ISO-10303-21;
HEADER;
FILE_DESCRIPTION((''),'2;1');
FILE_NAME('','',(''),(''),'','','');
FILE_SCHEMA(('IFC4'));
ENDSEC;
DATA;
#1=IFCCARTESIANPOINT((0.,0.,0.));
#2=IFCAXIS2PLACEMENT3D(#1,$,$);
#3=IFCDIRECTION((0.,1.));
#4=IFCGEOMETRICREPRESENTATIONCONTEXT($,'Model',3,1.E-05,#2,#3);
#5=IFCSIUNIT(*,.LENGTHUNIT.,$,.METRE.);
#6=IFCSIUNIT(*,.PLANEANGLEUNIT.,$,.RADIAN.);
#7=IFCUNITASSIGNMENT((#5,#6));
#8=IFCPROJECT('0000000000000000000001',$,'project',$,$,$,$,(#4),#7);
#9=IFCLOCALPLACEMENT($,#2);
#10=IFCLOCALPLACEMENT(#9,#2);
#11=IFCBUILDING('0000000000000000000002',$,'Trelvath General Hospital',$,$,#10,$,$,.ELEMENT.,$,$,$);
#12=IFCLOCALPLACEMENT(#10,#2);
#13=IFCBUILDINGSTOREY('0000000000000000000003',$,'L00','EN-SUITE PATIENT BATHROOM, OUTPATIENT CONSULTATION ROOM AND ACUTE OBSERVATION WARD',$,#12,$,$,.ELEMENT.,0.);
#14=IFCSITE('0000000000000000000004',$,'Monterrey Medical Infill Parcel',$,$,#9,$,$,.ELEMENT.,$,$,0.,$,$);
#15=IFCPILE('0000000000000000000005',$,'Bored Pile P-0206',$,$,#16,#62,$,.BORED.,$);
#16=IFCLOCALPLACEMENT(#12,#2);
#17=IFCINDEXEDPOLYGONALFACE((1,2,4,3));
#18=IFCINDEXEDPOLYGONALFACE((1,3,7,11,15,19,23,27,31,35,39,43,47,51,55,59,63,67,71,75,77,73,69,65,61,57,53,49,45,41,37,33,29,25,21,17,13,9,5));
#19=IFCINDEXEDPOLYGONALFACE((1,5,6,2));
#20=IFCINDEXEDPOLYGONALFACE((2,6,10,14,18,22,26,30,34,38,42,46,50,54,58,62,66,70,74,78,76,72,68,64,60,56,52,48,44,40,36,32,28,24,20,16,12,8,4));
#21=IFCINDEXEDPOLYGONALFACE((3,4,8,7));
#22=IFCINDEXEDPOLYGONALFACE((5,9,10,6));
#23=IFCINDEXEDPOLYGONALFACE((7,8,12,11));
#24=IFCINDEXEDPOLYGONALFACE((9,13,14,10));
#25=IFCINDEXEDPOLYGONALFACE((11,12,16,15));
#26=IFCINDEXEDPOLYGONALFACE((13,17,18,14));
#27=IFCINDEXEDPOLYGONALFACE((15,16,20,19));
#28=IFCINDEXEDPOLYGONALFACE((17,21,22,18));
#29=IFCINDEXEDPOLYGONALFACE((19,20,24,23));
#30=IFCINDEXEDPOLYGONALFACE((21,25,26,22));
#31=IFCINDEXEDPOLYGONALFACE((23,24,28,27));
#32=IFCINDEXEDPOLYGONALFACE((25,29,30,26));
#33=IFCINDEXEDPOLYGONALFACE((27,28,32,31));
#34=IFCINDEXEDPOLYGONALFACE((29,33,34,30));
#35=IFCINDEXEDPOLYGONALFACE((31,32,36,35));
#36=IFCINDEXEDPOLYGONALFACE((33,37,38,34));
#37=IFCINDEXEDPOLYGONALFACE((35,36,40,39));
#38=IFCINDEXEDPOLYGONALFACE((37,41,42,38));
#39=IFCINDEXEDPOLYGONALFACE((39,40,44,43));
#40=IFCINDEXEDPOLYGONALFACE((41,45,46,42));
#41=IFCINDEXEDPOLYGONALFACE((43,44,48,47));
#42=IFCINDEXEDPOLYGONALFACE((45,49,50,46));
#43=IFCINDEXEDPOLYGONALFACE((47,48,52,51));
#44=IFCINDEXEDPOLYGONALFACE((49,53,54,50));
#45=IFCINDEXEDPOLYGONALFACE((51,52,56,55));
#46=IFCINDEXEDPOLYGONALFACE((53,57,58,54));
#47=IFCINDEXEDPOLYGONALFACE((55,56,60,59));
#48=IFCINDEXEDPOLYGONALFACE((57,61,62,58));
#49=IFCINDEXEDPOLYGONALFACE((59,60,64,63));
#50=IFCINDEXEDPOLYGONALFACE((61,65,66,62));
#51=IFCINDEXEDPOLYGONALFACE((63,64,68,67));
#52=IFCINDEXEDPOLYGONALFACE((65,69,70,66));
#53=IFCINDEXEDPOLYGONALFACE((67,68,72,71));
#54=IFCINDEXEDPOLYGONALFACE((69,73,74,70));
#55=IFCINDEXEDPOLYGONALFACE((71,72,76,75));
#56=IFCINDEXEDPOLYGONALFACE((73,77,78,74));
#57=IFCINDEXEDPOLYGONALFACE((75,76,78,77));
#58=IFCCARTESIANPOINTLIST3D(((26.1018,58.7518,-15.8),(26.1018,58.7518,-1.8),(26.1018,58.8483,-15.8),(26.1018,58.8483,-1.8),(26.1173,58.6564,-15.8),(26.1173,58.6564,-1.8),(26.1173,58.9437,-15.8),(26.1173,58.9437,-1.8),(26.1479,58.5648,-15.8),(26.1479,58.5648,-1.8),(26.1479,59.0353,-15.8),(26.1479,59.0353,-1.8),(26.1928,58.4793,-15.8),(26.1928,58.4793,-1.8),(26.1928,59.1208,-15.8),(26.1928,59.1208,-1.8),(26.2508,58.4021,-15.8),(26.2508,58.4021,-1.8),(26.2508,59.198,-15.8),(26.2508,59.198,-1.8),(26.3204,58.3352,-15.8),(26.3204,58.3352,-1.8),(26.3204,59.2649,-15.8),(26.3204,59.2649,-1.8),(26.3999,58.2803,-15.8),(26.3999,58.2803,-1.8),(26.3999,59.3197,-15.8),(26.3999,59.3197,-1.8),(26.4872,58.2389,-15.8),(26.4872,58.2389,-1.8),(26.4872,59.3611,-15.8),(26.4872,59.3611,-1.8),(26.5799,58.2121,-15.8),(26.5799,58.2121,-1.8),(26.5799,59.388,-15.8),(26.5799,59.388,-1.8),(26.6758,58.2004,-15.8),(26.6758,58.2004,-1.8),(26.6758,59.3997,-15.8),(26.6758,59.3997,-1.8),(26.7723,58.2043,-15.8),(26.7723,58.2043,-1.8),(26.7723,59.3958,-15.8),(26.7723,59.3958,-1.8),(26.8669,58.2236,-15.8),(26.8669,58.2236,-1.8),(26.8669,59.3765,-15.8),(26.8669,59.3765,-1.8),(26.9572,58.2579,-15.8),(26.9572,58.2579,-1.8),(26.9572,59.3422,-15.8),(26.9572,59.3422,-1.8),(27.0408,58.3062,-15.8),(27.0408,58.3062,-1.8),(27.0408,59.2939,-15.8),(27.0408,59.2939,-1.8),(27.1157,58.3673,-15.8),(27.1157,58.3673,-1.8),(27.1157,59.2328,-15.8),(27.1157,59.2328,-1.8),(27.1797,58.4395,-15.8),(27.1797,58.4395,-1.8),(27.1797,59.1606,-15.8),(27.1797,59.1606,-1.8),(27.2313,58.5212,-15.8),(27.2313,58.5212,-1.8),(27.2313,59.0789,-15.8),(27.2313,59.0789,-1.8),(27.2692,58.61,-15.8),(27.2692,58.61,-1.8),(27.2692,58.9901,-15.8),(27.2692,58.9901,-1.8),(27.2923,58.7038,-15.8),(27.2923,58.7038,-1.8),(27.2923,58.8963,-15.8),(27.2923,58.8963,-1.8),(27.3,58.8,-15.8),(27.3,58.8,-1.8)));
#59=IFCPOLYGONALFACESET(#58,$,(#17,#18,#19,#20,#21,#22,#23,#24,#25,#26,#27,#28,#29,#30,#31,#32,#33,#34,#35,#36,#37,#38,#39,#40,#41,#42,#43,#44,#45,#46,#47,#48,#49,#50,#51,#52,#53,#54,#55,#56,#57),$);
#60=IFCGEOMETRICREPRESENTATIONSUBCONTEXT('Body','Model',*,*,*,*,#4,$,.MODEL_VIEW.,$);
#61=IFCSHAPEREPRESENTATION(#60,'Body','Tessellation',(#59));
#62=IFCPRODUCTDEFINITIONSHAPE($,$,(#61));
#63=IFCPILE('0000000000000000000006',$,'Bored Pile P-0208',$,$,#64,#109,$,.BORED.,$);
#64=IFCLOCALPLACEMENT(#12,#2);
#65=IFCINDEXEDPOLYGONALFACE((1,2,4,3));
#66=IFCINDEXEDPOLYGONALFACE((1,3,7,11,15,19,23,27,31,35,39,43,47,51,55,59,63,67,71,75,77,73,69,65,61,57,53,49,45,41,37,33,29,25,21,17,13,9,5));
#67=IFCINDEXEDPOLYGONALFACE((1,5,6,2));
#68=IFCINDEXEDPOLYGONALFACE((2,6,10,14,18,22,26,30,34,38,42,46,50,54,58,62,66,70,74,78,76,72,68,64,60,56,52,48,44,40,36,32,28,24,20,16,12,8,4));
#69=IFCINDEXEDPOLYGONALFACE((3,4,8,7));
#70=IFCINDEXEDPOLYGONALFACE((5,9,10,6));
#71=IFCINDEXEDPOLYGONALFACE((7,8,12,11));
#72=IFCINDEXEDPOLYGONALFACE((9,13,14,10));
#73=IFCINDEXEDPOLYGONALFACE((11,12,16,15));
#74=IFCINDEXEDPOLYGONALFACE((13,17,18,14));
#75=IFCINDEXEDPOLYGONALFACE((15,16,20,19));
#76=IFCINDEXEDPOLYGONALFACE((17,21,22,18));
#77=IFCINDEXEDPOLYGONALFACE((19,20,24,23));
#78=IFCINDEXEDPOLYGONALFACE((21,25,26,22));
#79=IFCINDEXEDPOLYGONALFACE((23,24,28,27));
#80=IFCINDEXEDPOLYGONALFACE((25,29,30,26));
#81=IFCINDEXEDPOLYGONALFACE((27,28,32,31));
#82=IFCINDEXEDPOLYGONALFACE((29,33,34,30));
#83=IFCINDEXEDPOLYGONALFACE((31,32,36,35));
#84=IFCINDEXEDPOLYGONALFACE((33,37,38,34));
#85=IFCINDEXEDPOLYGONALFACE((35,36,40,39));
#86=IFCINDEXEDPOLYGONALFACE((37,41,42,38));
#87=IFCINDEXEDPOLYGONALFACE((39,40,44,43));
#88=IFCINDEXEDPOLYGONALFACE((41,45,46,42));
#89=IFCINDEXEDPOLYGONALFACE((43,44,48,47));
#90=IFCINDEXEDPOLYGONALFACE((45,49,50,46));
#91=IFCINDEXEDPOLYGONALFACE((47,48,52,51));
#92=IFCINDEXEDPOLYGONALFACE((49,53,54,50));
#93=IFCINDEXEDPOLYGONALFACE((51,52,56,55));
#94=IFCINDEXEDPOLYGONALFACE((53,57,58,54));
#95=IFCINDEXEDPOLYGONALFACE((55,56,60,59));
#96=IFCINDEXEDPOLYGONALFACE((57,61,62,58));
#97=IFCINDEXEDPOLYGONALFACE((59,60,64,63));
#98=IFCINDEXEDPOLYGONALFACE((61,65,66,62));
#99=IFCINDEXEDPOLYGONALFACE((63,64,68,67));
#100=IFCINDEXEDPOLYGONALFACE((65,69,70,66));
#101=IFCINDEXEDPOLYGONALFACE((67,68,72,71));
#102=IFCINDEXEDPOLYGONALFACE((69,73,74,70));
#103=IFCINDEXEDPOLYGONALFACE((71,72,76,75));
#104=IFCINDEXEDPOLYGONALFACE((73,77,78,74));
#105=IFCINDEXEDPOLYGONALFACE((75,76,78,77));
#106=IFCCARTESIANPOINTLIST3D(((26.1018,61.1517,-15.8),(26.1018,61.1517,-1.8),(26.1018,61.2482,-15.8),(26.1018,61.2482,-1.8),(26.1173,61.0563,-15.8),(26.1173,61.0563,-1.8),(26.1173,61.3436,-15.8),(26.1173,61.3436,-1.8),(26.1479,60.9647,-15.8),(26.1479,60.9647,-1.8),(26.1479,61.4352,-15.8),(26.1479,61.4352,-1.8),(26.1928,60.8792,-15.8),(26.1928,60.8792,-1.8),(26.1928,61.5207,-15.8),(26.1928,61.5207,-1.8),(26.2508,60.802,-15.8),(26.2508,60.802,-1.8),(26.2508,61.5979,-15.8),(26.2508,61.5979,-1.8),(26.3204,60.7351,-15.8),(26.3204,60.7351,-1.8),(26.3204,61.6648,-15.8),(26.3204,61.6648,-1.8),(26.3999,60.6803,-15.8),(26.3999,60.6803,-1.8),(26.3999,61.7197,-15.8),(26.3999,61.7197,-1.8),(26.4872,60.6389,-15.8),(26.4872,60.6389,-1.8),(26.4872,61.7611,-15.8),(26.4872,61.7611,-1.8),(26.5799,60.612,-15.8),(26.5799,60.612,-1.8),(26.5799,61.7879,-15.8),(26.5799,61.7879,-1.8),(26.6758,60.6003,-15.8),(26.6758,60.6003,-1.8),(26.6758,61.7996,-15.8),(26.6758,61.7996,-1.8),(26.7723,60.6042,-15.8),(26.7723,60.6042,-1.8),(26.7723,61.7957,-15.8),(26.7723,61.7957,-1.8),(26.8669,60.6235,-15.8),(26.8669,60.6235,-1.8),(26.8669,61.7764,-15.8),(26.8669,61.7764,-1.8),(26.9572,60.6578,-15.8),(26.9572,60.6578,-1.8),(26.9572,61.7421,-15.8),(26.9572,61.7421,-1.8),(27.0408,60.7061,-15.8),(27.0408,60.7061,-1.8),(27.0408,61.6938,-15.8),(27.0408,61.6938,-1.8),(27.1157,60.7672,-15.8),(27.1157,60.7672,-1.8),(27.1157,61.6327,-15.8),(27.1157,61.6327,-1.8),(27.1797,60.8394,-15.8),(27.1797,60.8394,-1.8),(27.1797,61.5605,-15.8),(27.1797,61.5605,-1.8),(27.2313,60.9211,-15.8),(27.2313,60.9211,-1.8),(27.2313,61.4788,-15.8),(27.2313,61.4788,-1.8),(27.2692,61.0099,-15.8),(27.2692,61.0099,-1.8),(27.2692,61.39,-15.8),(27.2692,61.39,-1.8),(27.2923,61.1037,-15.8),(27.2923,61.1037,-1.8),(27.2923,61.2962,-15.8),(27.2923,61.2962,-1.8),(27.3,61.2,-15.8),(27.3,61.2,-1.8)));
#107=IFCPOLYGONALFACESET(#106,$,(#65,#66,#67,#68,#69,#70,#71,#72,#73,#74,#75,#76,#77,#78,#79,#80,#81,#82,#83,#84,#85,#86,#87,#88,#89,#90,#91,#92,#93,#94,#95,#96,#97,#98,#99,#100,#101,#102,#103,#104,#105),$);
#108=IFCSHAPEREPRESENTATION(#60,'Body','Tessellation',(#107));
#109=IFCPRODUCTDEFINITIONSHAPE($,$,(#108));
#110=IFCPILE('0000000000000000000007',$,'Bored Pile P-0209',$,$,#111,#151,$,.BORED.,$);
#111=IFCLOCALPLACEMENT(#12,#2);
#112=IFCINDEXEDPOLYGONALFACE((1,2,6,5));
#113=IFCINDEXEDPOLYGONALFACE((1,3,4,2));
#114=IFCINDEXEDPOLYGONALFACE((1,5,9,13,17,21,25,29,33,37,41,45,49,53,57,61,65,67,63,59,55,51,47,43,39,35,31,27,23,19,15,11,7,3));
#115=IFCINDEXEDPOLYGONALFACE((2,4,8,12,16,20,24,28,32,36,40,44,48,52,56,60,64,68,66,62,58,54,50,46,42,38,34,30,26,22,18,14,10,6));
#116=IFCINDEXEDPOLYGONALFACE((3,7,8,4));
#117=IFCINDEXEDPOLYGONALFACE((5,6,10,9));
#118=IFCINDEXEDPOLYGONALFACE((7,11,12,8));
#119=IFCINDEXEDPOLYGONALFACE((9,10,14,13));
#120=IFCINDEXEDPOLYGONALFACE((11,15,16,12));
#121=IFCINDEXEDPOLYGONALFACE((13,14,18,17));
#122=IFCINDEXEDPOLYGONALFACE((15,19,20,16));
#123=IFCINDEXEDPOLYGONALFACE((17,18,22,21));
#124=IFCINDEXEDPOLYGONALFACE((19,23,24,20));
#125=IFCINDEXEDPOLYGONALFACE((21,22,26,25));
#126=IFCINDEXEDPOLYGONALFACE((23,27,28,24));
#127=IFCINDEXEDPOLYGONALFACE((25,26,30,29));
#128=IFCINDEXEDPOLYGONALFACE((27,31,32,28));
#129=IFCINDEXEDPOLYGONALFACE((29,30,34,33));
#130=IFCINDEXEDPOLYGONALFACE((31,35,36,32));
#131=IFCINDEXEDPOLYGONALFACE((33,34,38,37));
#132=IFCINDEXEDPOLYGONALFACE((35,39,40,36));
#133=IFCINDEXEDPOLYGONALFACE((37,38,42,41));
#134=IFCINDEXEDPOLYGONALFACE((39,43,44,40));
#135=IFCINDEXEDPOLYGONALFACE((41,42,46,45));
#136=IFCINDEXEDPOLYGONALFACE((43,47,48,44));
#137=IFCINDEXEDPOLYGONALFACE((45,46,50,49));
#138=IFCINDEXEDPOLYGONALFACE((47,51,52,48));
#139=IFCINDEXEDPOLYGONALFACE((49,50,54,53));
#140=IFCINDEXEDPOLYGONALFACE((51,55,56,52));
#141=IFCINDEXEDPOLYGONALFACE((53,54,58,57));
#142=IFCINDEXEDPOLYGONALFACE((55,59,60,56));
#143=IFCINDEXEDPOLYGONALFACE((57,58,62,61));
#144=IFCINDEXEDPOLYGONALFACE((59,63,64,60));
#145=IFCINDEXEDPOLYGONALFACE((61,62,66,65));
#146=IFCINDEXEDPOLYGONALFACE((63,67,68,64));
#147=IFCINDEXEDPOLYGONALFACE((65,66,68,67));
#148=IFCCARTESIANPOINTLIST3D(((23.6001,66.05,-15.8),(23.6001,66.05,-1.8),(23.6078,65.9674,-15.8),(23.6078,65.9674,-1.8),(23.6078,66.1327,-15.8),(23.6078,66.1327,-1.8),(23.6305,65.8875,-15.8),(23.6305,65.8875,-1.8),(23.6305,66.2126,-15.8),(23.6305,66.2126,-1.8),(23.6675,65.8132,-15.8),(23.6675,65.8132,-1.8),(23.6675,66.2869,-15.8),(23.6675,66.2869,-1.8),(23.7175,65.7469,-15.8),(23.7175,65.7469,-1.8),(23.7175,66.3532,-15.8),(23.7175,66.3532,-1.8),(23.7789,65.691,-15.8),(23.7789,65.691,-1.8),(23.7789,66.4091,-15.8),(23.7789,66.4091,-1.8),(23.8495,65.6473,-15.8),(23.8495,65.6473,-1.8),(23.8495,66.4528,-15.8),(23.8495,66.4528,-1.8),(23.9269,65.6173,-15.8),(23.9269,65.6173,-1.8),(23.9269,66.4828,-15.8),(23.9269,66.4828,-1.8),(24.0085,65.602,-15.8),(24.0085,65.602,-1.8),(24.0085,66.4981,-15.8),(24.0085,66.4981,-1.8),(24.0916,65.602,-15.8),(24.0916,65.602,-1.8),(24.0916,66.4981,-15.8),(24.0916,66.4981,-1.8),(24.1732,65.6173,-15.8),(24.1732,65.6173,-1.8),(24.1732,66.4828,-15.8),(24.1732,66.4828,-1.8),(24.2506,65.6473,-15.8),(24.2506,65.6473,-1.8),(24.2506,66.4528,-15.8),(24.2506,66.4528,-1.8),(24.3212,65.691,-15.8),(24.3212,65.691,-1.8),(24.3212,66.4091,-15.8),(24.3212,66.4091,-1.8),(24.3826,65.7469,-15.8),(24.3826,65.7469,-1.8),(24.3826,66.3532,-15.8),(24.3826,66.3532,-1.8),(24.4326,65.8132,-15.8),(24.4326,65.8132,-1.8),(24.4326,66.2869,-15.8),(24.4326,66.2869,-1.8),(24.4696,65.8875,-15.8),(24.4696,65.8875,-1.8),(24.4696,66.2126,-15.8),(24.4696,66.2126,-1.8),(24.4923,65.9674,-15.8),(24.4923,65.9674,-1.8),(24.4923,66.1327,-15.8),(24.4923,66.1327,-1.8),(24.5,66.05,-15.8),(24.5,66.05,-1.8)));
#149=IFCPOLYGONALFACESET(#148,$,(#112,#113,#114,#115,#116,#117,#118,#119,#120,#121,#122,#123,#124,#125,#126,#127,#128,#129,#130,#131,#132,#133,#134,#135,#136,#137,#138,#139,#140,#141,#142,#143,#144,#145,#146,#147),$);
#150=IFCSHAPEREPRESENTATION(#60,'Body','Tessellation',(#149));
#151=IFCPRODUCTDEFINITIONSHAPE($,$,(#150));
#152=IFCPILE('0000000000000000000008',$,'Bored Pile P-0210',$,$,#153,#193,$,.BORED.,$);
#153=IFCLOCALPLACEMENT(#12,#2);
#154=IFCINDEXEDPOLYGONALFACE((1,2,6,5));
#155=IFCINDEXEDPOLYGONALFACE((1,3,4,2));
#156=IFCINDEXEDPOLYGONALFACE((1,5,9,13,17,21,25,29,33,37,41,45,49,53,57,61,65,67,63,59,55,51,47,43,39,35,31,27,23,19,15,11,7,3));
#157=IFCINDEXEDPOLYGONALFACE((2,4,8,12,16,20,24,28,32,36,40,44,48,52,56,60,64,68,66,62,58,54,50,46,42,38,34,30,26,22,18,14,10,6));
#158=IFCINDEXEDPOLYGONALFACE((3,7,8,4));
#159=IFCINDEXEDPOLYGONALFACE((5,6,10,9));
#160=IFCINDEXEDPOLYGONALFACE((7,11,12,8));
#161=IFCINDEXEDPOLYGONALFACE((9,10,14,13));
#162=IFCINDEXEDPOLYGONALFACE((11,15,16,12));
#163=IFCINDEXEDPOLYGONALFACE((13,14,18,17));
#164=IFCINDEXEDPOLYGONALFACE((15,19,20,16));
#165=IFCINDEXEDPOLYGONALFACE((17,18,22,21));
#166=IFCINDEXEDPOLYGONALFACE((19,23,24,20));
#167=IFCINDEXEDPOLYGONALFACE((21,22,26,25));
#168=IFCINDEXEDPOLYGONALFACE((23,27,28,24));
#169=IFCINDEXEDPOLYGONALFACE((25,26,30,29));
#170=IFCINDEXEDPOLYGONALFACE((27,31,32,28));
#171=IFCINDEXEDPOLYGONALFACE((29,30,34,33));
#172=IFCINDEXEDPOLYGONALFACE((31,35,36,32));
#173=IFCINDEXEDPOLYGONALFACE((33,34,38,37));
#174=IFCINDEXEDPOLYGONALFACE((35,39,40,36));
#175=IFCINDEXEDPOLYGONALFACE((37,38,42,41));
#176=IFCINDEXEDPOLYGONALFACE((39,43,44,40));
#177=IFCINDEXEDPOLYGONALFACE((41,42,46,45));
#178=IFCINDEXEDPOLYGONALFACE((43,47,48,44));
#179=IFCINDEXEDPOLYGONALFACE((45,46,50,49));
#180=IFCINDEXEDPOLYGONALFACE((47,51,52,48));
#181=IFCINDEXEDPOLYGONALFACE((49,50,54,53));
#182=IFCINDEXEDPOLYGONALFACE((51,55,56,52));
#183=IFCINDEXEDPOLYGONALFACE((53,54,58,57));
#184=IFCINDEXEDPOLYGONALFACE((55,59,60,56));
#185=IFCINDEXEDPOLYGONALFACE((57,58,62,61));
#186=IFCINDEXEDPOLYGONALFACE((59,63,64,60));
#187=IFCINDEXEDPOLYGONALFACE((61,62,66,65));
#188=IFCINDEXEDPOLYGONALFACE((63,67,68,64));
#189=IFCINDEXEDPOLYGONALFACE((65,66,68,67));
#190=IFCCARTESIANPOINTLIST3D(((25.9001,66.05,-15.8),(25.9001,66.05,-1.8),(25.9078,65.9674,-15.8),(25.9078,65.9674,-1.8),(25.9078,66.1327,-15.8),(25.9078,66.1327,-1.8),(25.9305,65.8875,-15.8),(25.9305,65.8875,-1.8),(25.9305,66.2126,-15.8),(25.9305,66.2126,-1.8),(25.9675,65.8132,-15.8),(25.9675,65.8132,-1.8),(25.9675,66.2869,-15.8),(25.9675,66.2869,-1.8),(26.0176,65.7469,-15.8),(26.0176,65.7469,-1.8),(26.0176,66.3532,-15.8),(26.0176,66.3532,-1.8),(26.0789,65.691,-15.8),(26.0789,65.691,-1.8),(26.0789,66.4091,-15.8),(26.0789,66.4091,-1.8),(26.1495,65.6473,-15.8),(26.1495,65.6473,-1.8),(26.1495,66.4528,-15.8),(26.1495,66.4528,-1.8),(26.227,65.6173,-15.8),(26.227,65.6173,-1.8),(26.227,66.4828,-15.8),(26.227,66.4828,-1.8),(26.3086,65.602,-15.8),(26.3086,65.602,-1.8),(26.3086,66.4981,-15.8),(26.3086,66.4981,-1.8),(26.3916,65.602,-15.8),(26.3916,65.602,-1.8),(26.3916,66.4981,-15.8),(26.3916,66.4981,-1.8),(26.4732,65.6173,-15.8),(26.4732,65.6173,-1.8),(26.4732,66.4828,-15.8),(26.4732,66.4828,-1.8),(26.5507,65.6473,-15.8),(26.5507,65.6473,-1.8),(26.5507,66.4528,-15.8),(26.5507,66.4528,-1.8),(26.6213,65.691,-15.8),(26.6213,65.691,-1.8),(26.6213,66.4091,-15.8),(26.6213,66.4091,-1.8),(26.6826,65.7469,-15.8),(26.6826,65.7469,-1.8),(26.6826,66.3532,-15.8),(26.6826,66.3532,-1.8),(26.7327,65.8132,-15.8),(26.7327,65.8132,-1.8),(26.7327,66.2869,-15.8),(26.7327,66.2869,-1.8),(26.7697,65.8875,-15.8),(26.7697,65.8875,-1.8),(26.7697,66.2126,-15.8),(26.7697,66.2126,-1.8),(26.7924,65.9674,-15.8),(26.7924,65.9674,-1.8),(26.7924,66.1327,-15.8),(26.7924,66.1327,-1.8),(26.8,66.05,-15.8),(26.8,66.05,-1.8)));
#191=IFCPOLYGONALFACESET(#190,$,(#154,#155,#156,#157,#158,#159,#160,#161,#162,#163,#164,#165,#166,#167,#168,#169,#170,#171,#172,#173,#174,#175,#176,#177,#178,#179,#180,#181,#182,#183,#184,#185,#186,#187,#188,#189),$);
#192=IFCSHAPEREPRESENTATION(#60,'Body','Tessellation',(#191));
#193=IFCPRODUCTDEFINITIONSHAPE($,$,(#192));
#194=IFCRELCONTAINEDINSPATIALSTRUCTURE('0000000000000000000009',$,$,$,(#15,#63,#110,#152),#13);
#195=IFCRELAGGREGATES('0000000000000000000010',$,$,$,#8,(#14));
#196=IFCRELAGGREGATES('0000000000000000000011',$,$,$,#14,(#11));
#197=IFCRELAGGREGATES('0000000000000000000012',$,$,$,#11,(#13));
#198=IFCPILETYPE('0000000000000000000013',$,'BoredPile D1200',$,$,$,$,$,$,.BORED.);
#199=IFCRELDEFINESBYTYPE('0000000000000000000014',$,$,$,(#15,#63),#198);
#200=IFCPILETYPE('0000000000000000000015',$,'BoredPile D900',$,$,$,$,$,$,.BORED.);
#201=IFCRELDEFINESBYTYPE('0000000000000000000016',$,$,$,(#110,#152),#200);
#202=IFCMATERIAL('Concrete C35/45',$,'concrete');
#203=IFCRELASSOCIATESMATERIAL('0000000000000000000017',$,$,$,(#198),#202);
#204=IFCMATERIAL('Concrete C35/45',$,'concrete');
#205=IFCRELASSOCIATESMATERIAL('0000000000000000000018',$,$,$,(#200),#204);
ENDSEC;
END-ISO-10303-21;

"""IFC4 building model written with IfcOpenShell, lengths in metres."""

from ifc_helpers import new_model, si_unit, direction, frame, origin, origin_2d, place, context, subcontext, project, spatial, circle, extrude, material, material_profile, profile_set, type_object, element, save


model = new_model("IFC4")

# Units and contexts
model_context = context("Model", 3, precision=1e-05, world=origin(), true_north=direction((0.0, 1.0)))
body_context = subcontext(model_context, "Body", "Model", "MODEL_VIEW")
ifc_project = project(units=[si_unit("LENGTHUNIT", "METRE"), si_unit("PLANEANGLEUNIT", "RADIAN")], contexts=[model_context])

# Site, building, storey
site_placement = place(None, origin())
site = spatial("IfcSite", under=ifc_project, at=site_placement, Name="Monterrey Medical Infill Parcel", CompositionType="ELEMENT", RefElevation=0.0)
building_placement = place(site_placement, origin())
building = spatial("IfcBuilding", under=site, at=building_placement, Name="Trelvath General Hospital", CompositionType="ELEMENT")
storey_placement = place(building_placement, origin())
storey = spatial("IfcBuildingStorey", under=building, at=storey_placement, Name="L00", Description="EN-SUITE PATIENT BATHROOM, OUTPATIENT CONSULTATION ROOM AND ACUTE OBSERVATION WARD", CompositionType="ELEMENT", Elevation=0.0)

# Piles
ifc_material_1 = material(Name="Concrete C35/45", Category="concrete")
ifc_material_profile_1 = material_profile(ifc_material_1, circle(Radius=0.6001, at=origin_2d()), Name="PILE1200")
ifc_profile_set_1 = profile_set([ifc_material_profile_1], Name="Concrete C35/45")
pile_type_1 = type_object("IfcPileType", Name="BoredPile D1200", PredefinedType="BORED", material=ifc_profile_set_1)
for number, where, z_axis, x_axis, name in (
    (1, (26.7, 58.8, -1.8), (0.0, 0.0, -1.0), (1.0, 0.0, 0.0), "Bored Pile P-0206"),
    (2, (26.7, 61.2, -1.8), (0.0, 0.0, -1.0), (1.0, 0.0, 0.0), "Bored Pile P-0208"),
):
    element("IfcPile", number, at=place(storey_placement, frame(where, z_axis=z_axis, x_axis=x_axis)), inside=storey, type_object=pile_type_1, Name=name, PredefinedType="BORED", context=body_context, shape_type="SweptSolid", body=[
        extrude(circle(Radius=0.6001, at=origin_2d()), origin(), (0.0, 0.0, 1.0), 14.0),
    ])
ifc_material_2 = material(Name="Concrete C35/45", Category="concrete")
ifc_material_profile_2 = material_profile(ifc_material_2, circle(Radius=0.45, at=origin_2d()), Name="PILE900")
ifc_profile_set_2 = profile_set([ifc_material_profile_2], Name="Concrete C35/45")
pile_type_2 = type_object("IfcPileType", Name="BoredPile D900", PredefinedType="BORED", material=ifc_profile_set_2)
for number, where, z_axis, x_axis, name in (
    (3, (24.05, 66.05, -1.8), (0.0, 0.0, -1.0), (1.0, 0.0, 0.0), "Bored Pile P-0209"),
    (4, (26.3501, 66.05, -1.8), (0.0, 0.0, -1.0), (1.0, 0.0, 0.0), "Bored Pile P-0210"),
):
    element("IfcPile", number, at=place(storey_placement, frame(where, z_axis=z_axis, x_axis=x_axis)), inside=storey, type_object=pile_type_2, Name=name, PredefinedType="BORED", context=body_context, shape_type="SweptSolid", body=[
        extrude(circle(Radius=0.45, at=origin_2d()), origin(), (0.0, 0.0, 1.0), 14.0),
    ])

save(model, "model.ifc")
